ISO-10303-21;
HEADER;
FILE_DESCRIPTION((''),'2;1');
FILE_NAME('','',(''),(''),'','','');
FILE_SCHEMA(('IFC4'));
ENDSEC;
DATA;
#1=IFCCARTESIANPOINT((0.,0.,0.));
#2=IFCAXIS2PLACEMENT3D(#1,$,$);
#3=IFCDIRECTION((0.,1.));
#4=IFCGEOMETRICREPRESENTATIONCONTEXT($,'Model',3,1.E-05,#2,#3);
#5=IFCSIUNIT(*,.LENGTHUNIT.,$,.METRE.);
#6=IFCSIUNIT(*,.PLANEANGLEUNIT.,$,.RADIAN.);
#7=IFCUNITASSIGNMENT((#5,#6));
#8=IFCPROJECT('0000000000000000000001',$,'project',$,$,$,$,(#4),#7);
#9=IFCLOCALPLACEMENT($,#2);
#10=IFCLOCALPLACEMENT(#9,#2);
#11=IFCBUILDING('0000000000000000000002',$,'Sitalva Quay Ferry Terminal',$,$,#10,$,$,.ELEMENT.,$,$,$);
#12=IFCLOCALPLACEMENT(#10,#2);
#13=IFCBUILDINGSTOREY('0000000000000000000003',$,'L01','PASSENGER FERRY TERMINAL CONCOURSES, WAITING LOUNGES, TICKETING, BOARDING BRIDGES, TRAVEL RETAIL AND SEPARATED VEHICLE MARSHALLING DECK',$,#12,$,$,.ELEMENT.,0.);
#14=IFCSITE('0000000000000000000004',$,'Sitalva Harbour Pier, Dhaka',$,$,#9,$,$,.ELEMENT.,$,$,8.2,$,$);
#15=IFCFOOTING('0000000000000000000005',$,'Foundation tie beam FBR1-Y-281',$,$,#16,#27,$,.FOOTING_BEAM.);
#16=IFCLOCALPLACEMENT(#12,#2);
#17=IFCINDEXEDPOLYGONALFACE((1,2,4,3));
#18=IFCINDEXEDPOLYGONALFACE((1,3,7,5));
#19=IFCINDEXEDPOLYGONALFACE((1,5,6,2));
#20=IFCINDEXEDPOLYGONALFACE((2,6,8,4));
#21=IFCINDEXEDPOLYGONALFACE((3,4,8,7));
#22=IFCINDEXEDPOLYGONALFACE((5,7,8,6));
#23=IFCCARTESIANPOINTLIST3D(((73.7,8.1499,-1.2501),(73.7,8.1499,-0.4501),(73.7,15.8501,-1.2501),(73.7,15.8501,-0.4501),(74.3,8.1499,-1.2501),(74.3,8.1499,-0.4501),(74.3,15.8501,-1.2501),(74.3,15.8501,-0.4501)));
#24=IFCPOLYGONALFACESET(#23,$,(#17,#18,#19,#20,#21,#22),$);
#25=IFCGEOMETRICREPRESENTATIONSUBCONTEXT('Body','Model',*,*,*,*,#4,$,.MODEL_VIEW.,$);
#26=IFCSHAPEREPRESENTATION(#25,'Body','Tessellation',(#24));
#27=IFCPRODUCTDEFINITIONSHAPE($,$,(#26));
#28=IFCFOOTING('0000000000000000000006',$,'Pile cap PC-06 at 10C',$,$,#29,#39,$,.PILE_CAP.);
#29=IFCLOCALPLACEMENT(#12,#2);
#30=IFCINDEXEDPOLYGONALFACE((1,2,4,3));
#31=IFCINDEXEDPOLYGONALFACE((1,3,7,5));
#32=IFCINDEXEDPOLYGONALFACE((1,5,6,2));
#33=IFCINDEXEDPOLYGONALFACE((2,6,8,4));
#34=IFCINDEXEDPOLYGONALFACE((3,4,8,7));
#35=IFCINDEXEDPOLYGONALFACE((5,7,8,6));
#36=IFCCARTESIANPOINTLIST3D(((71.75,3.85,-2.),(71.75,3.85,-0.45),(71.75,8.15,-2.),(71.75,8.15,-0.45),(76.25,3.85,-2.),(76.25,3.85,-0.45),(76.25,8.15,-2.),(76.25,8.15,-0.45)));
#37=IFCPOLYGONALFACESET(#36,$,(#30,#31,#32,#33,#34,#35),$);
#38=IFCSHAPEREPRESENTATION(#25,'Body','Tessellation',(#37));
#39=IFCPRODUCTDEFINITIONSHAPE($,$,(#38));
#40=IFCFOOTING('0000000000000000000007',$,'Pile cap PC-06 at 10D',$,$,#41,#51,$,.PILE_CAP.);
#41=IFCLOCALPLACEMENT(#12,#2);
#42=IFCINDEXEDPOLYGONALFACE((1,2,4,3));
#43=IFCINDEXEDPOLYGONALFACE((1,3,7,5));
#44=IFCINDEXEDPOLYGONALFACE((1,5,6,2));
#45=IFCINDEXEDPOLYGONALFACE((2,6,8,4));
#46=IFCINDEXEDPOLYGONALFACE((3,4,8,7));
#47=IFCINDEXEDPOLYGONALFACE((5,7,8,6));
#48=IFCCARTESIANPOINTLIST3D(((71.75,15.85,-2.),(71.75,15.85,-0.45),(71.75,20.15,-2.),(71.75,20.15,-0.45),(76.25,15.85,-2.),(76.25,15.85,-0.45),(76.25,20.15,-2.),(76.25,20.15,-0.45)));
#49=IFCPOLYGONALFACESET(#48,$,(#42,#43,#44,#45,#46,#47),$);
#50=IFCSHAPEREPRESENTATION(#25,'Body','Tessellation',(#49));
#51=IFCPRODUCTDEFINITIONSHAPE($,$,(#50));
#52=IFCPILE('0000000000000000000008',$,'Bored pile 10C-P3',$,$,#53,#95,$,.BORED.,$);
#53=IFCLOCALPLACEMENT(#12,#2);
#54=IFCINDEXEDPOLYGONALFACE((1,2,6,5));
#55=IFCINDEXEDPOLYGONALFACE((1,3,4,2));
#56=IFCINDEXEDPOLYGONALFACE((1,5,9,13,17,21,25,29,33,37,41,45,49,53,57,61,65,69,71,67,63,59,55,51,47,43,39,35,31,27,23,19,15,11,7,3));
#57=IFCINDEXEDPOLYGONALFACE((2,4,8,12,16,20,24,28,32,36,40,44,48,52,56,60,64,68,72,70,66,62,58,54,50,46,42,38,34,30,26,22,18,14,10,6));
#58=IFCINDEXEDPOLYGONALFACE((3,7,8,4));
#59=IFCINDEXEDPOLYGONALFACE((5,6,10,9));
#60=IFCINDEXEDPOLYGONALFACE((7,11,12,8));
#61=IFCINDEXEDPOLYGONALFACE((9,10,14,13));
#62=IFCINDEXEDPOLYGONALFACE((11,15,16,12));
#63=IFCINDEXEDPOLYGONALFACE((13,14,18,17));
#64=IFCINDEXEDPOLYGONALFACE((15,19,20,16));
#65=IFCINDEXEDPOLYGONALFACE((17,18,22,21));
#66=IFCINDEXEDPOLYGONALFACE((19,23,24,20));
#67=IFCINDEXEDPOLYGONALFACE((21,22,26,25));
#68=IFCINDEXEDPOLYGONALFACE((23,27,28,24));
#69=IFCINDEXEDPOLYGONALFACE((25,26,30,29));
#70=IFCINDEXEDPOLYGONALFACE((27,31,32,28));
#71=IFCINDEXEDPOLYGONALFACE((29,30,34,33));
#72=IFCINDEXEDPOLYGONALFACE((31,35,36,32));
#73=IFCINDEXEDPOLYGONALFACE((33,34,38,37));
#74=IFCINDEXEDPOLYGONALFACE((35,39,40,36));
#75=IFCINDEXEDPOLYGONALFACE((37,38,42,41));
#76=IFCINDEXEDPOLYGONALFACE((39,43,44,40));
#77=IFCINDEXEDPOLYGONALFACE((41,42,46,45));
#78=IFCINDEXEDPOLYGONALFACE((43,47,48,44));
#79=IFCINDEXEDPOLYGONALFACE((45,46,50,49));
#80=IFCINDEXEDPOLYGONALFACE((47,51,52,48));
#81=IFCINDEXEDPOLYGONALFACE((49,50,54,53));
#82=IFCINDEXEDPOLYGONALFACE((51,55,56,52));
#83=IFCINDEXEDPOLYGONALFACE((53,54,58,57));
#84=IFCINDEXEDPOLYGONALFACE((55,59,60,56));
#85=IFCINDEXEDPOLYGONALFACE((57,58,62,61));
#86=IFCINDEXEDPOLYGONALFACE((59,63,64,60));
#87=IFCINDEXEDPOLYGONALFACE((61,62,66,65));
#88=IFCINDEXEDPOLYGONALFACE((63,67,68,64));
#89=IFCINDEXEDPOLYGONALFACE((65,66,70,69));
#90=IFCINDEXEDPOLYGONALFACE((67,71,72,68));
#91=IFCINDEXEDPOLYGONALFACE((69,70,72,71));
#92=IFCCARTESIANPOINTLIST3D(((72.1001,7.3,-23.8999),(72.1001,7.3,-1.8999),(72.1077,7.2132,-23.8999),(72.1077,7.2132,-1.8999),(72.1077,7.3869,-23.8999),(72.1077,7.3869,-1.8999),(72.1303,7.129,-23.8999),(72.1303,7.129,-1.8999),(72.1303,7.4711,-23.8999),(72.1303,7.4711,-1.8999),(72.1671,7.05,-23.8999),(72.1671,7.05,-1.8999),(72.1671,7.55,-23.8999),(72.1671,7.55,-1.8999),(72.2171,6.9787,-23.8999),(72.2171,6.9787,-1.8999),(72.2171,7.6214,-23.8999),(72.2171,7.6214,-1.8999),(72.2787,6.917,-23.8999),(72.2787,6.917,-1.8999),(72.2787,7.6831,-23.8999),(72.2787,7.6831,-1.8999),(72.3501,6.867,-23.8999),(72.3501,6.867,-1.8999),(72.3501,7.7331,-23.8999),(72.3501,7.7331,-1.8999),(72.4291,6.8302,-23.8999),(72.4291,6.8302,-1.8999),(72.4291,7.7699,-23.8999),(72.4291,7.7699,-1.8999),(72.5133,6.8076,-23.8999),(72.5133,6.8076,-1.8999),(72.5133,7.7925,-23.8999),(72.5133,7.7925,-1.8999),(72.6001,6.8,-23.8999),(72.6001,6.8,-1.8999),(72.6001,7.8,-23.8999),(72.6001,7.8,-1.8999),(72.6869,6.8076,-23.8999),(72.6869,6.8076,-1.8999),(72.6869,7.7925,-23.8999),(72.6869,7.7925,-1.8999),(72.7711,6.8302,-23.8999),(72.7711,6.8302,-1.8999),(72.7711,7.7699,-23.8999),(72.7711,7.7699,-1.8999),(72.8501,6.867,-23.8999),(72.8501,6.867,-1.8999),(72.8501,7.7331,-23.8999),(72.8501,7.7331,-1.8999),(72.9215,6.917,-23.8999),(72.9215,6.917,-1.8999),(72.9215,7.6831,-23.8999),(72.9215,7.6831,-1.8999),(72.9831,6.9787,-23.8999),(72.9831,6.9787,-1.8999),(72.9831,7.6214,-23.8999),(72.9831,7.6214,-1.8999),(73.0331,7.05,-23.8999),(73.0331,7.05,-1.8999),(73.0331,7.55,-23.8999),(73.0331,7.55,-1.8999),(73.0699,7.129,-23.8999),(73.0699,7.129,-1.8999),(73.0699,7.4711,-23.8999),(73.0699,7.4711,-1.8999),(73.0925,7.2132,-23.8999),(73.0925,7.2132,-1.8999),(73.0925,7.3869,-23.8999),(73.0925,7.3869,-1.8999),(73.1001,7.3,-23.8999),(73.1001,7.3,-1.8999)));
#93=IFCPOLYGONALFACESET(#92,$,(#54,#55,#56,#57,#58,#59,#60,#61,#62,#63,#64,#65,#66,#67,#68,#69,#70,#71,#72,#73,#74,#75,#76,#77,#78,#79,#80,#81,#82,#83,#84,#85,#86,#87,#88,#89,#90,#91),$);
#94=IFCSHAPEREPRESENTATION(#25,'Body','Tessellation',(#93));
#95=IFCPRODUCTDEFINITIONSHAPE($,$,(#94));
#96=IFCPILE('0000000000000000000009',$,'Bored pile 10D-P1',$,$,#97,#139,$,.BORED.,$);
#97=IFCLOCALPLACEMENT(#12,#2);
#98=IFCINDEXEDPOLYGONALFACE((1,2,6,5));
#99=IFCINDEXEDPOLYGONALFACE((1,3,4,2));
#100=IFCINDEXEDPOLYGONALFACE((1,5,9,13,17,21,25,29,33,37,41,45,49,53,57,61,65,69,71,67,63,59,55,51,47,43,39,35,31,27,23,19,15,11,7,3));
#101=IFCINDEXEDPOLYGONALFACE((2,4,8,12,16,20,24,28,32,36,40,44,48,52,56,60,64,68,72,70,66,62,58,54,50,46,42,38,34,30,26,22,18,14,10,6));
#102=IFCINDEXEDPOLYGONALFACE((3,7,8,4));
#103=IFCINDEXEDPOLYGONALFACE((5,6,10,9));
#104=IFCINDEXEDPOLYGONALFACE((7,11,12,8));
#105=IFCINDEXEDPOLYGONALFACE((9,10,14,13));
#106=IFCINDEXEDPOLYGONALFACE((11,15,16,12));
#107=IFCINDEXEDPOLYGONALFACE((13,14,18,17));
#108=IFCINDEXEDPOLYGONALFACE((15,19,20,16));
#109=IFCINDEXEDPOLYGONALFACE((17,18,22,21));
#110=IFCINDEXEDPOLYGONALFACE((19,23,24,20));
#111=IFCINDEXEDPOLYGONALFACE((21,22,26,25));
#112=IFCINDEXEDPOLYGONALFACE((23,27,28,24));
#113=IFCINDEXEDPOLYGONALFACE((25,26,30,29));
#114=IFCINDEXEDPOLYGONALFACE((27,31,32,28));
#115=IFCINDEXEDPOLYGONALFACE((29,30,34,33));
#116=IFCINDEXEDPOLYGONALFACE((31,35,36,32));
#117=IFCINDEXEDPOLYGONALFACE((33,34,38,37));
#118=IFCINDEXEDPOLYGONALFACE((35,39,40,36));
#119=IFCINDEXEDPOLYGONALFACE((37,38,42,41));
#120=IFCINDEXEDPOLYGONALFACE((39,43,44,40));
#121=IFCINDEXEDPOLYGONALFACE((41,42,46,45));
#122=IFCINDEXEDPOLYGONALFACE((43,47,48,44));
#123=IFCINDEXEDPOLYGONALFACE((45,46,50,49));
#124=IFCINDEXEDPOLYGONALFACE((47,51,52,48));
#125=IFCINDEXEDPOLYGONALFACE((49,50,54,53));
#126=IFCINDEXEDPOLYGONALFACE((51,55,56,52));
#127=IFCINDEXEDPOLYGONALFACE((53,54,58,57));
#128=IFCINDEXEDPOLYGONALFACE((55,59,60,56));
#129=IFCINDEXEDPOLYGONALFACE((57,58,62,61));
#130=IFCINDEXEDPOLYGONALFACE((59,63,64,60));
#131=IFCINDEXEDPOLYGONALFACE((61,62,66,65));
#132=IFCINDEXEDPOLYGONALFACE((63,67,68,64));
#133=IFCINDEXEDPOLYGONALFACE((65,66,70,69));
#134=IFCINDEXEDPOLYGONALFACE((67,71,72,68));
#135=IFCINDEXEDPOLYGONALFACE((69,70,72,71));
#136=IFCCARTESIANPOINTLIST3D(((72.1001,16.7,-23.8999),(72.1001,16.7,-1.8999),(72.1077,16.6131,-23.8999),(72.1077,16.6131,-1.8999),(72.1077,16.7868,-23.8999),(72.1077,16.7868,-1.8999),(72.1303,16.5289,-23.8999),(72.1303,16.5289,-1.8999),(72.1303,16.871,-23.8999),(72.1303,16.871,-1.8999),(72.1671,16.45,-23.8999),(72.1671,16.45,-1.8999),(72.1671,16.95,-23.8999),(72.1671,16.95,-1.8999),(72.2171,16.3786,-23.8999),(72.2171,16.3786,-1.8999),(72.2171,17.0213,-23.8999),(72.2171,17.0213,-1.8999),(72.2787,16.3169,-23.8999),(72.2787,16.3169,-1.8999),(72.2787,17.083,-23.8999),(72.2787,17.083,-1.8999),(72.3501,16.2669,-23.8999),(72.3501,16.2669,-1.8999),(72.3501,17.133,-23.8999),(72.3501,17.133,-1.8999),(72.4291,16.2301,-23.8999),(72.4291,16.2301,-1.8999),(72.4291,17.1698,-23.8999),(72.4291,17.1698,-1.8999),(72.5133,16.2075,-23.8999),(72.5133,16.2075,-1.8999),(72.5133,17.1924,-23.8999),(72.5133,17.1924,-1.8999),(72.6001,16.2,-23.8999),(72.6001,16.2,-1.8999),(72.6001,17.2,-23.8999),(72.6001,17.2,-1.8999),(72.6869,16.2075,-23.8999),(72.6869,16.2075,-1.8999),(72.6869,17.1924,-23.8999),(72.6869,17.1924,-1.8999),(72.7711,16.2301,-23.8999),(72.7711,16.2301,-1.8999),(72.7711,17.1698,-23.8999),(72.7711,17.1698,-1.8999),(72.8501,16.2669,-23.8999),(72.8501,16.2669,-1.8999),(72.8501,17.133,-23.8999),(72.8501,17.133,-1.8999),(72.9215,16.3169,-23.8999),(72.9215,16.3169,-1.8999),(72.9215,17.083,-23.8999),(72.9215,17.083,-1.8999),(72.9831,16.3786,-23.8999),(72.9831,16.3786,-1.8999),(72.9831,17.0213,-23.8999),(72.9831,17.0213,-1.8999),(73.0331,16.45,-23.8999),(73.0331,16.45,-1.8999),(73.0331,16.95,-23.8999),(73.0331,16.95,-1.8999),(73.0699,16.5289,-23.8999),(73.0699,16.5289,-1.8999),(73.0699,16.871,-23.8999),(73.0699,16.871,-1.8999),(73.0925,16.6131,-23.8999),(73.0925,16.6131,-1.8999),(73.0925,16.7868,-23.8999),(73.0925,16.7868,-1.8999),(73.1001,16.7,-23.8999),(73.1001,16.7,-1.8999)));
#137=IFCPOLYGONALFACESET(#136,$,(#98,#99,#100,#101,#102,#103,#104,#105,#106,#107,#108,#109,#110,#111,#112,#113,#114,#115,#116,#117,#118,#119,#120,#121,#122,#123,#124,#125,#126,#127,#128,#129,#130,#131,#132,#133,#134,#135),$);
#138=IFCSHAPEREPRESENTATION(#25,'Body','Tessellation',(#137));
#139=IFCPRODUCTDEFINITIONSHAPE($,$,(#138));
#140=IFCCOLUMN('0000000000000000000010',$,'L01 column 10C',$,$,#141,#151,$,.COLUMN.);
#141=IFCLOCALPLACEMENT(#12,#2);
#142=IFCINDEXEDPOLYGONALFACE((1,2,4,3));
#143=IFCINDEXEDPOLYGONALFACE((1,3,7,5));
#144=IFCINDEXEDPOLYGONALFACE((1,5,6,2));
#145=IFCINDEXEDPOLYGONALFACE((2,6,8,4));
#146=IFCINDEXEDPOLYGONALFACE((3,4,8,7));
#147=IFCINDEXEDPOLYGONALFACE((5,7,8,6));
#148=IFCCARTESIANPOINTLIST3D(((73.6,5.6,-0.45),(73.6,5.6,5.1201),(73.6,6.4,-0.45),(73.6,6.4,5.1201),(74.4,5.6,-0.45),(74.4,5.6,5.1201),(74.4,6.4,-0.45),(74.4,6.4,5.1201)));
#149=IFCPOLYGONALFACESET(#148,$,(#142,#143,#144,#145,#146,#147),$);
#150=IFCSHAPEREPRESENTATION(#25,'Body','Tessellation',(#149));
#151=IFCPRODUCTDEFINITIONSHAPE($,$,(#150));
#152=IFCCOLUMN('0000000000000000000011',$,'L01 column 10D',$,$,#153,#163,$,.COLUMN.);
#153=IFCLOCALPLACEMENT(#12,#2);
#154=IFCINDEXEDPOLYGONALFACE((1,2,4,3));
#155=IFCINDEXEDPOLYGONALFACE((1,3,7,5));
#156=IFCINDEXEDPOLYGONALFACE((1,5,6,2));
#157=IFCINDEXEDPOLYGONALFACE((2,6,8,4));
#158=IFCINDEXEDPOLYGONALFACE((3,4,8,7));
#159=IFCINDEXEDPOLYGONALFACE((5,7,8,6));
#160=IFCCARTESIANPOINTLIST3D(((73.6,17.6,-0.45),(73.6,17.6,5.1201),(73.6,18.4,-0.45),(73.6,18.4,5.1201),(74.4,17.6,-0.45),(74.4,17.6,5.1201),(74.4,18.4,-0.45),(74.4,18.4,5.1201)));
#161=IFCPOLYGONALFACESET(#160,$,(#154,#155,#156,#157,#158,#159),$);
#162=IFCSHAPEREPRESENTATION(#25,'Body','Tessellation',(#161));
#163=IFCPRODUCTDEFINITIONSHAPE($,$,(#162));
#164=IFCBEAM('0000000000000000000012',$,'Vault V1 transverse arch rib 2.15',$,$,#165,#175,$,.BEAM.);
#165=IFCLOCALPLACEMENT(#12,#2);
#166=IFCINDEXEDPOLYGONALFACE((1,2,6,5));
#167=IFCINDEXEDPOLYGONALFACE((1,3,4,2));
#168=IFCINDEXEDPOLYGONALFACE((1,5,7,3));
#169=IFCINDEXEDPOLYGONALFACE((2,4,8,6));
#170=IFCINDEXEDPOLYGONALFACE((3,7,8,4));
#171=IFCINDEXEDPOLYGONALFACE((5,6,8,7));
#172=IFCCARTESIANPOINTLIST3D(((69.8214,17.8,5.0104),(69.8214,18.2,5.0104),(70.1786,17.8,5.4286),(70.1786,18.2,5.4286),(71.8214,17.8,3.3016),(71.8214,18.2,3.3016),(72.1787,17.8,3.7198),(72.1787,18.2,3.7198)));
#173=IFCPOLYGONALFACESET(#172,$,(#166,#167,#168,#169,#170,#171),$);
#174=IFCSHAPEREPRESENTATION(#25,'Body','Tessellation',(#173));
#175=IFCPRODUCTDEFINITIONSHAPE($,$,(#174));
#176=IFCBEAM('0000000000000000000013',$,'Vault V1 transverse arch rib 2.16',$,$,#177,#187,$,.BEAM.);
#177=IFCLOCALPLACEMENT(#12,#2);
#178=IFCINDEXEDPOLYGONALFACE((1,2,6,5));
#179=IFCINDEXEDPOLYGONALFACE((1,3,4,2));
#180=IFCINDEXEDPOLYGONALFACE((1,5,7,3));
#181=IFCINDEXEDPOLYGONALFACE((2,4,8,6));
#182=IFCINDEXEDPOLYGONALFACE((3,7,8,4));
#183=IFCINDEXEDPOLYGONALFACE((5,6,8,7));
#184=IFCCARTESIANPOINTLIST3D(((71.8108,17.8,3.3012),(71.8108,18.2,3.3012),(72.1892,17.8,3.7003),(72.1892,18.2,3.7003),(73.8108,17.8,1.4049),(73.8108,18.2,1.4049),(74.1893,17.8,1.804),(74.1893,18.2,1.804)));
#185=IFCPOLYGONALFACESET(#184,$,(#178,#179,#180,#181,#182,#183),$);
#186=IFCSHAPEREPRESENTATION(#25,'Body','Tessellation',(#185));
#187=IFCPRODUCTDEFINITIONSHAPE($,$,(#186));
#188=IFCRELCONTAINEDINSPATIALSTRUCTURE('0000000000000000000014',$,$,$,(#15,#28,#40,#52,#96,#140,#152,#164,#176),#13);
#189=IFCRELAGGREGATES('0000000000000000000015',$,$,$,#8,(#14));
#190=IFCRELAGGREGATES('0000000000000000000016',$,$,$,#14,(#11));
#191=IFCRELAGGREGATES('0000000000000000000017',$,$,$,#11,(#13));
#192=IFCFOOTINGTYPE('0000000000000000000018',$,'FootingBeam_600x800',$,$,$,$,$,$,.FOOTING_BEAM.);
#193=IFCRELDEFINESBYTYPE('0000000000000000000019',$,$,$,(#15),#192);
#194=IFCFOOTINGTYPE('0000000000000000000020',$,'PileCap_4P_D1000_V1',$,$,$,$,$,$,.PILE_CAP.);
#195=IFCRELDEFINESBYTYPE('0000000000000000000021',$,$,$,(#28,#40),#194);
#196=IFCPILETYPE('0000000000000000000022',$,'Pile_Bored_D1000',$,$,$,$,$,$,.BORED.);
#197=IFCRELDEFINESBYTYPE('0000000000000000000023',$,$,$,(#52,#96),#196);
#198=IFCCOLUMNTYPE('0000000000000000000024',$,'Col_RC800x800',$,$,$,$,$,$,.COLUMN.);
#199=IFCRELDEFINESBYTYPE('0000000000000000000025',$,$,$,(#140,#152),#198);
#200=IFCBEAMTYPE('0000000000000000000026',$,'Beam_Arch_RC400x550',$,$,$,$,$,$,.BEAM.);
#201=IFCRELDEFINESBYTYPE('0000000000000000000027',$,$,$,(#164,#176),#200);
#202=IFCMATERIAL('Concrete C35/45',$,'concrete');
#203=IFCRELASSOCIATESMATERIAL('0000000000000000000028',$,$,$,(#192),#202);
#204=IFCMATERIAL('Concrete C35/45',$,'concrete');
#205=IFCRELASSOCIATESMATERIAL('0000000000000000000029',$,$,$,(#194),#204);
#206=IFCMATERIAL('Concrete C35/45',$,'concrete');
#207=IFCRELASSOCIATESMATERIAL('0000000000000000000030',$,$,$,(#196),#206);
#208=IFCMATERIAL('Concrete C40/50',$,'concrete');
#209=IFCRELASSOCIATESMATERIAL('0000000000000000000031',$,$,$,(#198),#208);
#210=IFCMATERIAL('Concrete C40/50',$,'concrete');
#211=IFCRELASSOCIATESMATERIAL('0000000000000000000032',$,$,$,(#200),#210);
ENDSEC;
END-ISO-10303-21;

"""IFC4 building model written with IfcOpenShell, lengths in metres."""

from ifc_helpers import new_model, si_unit, direction, frame, origin, origin_2d, place, context, subcontext, project, spatial, rectangle, circle, extrude, material, material_profile, profile_set, type_object, element, save


model = new_model("IFC4")

# Units and contexts
model_context = context("Model", 3, precision=1e-05, world=origin(), true_north=direction((0.0, 1.0)))
body_context = subcontext(model_context, "Body", "Model", "MODEL_VIEW")
ifc_project = project(units=[si_unit("LENGTHUNIT", "METRE"), si_unit("PLANEANGLEUNIT", "RADIAN")], contexts=[model_context])

# Site, building, storey
site_placement = place(None, origin())
site = spatial("IfcSite", under=ifc_project, at=site_placement, Name="Sitalva Harbour Pier, Dhaka", CompositionType="ELEMENT", RefElevation=8.2)
building_placement = place(site_placement, origin())
building = spatial("IfcBuilding", under=site, at=building_placement, Name="Sitalva Quay Ferry Terminal", CompositionType="ELEMENT")
storey_placement = place(building_placement, origin())
storey = spatial("IfcBuildingStorey", under=building, at=storey_placement, Name="L01", Description="PASSENGER FERRY TERMINAL CONCOURSES, WAITING LOUNGES, TICKETING, BOARDING BRIDGES, TRAVEL RETAIL AND SEPARATED VEHICLE MARSHALLING DECK", CompositionType="ELEMENT", Elevation=0.0)

# Footings
ifc_material_1 = material(Name="Concrete C35/45", Category="concrete")
ifc_material_profile_1 = material_profile(ifc_material_1, rectangle(XDim=0.6001, YDim=0.8, at=origin_2d()), Name="RC600x800")
ifc_profile_set_1 = profile_set([ifc_material_profile_1], Name="Concrete C35/45")
footing_type_1 = type_object("IfcFootingType", Name="FootingBeam_600x800", PredefinedType="FOOTING_BEAM", material=ifc_profile_set_1)
footing_placement = place(storey_placement, frame((74.0, 8.1499, -0.8501), z_axis=(0.0, 1.0, 0.0), x_axis=(-1.0, 0.0, 0.0)))
element("IfcFooting", 1, at=footing_placement, inside=storey, type_object=footing_type_1, Name="Foundation tie beam FBR1-Y-281", PredefinedType="FOOTING_BEAM", context=body_context, shape_type="SweptSolid", body=[
    extrude(rectangle(XDim=0.6001, YDim=0.8, at=origin_2d()), origin(), (0.0, 0.0, 1.0), 7.7002),
])
ifc_material_2 = material(Name="Concrete C35/45", Category="concrete")
footing_type_2 = type_object("IfcFootingType", Name="PileCap_4P_D1000_V1", PredefinedType="PILE_CAP", material=ifc_material_2)
for number, where, z_axis, x_axis, name in (
    (2, (74.0, 6.0, -2.0), (0.0, 0.0, 1.0), (1.0, 0.0, 0.0), "Pile cap PC-06 at 10C"),
    (3, (74.0, 18.0, -2.0), (0.0, 0.0, 1.0), (1.0, 0.0, 0.0), "Pile cap PC-06 at 10D"),
):
    element("IfcFooting", number, at=place(storey_placement, frame(where, z_axis=z_axis, x_axis=x_axis)), inside=storey, type_object=footing_type_2, Name=name, PredefinedType="PILE_CAP", context=body_context, shape_type="SweptSolid", body=[
        extrude(rectangle(XDim=4.5, YDim=4.3, at=origin_2d()), origin(), (0.0, 0.0, 1.0), 1.55),
    ])

# Piles
ifc_material_3 = material(Name="Concrete C35/45", Category="concrete")
ifc_material_profile_2 = material_profile(ifc_material_3, circle(Radius=0.5, at=origin_2d()), Name="PILE-D1000")
ifc_profile_set_2 = profile_set([ifc_material_profile_2], Name="Concrete C35/45")
pile_type = type_object("IfcPileType", Name="Pile_Bored_D1000", PredefinedType="BORED", material=ifc_profile_set_2)
for number, where, z_axis, x_axis, name in (
    (4, (72.6001, 7.3, -1.8999), (0.0, 0.0, -1.0), (1.0, 0.0, 0.0), "Bored pile 10C-P3"),
    (5, (72.6001, 16.7, -1.8999), (0.0, 0.0, -1.0), (1.0, 0.0, 0.0), "Bored pile 10D-P1"),
):
    element("IfcPile", number, at=place(storey_placement, frame(where, z_axis=z_axis, x_axis=x_axis)), inside=storey, type_object=pile_type, Name=name, PredefinedType="BORED", context=body_context, shape_type="SweptSolid", body=[
        extrude(circle(Radius=0.5, at=origin_2d()), origin(), (0.0, 0.0, 1.0), 22.0),
    ])

# Columns
ifc_material_4 = material(Name="Concrete C40/50", Category="concrete")
ifc_material_profile_3 = material_profile(ifc_material_4, rectangle(XDim=0.8, YDim=0.8, at=origin_2d()), Name="RC800x800")
ifc_profile_set_3 = profile_set([ifc_material_profile_3], Name="Concrete C40/50")
column_type = type_object("IfcColumnType", Name="Col_RC800x800", PredefinedType="COLUMN", material=ifc_profile_set_3)
for number, where, z_axis, x_axis, name in (
    (6, (74.0, 6.0, -0.45), (0.0, 0.0, 1.0), (1.0, 0.0, 0.0), "L01 column 10C"),
    (7, (74.0, 18.0, -0.45), (0.0, 0.0, 1.0), (1.0, 0.0, 0.0), "L01 column 10D"),
):
    element("IfcColumn", number, at=place(storey_placement, frame(where, z_axis=z_axis, x_axis=x_axis)), inside=storey, type_object=column_type, Name=name, PredefinedType="COLUMN", context=body_context, shape_type="SweptSolid", body=[
        extrude(rectangle(XDim=0.8, YDim=0.8, at=origin_2d()), origin(), (0.0, 0.0, 1.0), 5.5701),
    ])

# Beams
ifc_material_5 = material(Name="Concrete C40/50", Category="concrete")
ifc_material_profile_4 = material_profile(ifc_material_5, rectangle(XDim=0.3999, YDim=0.55, at=origin_2d()), Name="RC400x550")
ifc_profile_set_4 = profile_set([ifc_material_profile_4], Name="Concrete C40/50")
beam_type_1 = type_object("IfcBeamType", Name="Beam_Arch_RC400x550", PredefinedType="BEAM", material=ifc_profile_set_4)
beam_1_placement = place(storey_placement, frame((70.0, 18.0, 5.2195), z_axis=(0.760297, 0.0, -0.649575), x_axis=(0.0, 1.0, 0.0)))
element("IfcBeam", 8, at=beam_1_placement, inside=storey, type_object=beam_type_1, Name="Vault V1 transverse arch rib 2.15", PredefinedType="BEAM", context=body_context, shape_type="SweptSolid", body=[
    extrude(rectangle(XDim=0.3999, YDim=0.55, at=origin_2d()), origin(), (0.0, 0.0, 1.0), 2.6306),
])
beam_2_placement = place(storey_placement, frame((72.0, 18.0, 3.5007), z_axis=(0.72568, 0.0, -0.688032), x_axis=(0.0, 1.0, 0.0)))
element("IfcBeam", 9, at=beam_2_placement, inside=storey, type_object=beam_type_1, Name="Vault V1 transverse arch rib 2.16", PredefinedType="BEAM", context=body_context, shape_type="SweptSolid", body=[
    extrude(rectangle(XDim=0.3999, YDim=0.55, at=origin_2d()), origin(), (0.0, 0.0, 1.0), 2.7561),
])

save(model, "model.ifc")
